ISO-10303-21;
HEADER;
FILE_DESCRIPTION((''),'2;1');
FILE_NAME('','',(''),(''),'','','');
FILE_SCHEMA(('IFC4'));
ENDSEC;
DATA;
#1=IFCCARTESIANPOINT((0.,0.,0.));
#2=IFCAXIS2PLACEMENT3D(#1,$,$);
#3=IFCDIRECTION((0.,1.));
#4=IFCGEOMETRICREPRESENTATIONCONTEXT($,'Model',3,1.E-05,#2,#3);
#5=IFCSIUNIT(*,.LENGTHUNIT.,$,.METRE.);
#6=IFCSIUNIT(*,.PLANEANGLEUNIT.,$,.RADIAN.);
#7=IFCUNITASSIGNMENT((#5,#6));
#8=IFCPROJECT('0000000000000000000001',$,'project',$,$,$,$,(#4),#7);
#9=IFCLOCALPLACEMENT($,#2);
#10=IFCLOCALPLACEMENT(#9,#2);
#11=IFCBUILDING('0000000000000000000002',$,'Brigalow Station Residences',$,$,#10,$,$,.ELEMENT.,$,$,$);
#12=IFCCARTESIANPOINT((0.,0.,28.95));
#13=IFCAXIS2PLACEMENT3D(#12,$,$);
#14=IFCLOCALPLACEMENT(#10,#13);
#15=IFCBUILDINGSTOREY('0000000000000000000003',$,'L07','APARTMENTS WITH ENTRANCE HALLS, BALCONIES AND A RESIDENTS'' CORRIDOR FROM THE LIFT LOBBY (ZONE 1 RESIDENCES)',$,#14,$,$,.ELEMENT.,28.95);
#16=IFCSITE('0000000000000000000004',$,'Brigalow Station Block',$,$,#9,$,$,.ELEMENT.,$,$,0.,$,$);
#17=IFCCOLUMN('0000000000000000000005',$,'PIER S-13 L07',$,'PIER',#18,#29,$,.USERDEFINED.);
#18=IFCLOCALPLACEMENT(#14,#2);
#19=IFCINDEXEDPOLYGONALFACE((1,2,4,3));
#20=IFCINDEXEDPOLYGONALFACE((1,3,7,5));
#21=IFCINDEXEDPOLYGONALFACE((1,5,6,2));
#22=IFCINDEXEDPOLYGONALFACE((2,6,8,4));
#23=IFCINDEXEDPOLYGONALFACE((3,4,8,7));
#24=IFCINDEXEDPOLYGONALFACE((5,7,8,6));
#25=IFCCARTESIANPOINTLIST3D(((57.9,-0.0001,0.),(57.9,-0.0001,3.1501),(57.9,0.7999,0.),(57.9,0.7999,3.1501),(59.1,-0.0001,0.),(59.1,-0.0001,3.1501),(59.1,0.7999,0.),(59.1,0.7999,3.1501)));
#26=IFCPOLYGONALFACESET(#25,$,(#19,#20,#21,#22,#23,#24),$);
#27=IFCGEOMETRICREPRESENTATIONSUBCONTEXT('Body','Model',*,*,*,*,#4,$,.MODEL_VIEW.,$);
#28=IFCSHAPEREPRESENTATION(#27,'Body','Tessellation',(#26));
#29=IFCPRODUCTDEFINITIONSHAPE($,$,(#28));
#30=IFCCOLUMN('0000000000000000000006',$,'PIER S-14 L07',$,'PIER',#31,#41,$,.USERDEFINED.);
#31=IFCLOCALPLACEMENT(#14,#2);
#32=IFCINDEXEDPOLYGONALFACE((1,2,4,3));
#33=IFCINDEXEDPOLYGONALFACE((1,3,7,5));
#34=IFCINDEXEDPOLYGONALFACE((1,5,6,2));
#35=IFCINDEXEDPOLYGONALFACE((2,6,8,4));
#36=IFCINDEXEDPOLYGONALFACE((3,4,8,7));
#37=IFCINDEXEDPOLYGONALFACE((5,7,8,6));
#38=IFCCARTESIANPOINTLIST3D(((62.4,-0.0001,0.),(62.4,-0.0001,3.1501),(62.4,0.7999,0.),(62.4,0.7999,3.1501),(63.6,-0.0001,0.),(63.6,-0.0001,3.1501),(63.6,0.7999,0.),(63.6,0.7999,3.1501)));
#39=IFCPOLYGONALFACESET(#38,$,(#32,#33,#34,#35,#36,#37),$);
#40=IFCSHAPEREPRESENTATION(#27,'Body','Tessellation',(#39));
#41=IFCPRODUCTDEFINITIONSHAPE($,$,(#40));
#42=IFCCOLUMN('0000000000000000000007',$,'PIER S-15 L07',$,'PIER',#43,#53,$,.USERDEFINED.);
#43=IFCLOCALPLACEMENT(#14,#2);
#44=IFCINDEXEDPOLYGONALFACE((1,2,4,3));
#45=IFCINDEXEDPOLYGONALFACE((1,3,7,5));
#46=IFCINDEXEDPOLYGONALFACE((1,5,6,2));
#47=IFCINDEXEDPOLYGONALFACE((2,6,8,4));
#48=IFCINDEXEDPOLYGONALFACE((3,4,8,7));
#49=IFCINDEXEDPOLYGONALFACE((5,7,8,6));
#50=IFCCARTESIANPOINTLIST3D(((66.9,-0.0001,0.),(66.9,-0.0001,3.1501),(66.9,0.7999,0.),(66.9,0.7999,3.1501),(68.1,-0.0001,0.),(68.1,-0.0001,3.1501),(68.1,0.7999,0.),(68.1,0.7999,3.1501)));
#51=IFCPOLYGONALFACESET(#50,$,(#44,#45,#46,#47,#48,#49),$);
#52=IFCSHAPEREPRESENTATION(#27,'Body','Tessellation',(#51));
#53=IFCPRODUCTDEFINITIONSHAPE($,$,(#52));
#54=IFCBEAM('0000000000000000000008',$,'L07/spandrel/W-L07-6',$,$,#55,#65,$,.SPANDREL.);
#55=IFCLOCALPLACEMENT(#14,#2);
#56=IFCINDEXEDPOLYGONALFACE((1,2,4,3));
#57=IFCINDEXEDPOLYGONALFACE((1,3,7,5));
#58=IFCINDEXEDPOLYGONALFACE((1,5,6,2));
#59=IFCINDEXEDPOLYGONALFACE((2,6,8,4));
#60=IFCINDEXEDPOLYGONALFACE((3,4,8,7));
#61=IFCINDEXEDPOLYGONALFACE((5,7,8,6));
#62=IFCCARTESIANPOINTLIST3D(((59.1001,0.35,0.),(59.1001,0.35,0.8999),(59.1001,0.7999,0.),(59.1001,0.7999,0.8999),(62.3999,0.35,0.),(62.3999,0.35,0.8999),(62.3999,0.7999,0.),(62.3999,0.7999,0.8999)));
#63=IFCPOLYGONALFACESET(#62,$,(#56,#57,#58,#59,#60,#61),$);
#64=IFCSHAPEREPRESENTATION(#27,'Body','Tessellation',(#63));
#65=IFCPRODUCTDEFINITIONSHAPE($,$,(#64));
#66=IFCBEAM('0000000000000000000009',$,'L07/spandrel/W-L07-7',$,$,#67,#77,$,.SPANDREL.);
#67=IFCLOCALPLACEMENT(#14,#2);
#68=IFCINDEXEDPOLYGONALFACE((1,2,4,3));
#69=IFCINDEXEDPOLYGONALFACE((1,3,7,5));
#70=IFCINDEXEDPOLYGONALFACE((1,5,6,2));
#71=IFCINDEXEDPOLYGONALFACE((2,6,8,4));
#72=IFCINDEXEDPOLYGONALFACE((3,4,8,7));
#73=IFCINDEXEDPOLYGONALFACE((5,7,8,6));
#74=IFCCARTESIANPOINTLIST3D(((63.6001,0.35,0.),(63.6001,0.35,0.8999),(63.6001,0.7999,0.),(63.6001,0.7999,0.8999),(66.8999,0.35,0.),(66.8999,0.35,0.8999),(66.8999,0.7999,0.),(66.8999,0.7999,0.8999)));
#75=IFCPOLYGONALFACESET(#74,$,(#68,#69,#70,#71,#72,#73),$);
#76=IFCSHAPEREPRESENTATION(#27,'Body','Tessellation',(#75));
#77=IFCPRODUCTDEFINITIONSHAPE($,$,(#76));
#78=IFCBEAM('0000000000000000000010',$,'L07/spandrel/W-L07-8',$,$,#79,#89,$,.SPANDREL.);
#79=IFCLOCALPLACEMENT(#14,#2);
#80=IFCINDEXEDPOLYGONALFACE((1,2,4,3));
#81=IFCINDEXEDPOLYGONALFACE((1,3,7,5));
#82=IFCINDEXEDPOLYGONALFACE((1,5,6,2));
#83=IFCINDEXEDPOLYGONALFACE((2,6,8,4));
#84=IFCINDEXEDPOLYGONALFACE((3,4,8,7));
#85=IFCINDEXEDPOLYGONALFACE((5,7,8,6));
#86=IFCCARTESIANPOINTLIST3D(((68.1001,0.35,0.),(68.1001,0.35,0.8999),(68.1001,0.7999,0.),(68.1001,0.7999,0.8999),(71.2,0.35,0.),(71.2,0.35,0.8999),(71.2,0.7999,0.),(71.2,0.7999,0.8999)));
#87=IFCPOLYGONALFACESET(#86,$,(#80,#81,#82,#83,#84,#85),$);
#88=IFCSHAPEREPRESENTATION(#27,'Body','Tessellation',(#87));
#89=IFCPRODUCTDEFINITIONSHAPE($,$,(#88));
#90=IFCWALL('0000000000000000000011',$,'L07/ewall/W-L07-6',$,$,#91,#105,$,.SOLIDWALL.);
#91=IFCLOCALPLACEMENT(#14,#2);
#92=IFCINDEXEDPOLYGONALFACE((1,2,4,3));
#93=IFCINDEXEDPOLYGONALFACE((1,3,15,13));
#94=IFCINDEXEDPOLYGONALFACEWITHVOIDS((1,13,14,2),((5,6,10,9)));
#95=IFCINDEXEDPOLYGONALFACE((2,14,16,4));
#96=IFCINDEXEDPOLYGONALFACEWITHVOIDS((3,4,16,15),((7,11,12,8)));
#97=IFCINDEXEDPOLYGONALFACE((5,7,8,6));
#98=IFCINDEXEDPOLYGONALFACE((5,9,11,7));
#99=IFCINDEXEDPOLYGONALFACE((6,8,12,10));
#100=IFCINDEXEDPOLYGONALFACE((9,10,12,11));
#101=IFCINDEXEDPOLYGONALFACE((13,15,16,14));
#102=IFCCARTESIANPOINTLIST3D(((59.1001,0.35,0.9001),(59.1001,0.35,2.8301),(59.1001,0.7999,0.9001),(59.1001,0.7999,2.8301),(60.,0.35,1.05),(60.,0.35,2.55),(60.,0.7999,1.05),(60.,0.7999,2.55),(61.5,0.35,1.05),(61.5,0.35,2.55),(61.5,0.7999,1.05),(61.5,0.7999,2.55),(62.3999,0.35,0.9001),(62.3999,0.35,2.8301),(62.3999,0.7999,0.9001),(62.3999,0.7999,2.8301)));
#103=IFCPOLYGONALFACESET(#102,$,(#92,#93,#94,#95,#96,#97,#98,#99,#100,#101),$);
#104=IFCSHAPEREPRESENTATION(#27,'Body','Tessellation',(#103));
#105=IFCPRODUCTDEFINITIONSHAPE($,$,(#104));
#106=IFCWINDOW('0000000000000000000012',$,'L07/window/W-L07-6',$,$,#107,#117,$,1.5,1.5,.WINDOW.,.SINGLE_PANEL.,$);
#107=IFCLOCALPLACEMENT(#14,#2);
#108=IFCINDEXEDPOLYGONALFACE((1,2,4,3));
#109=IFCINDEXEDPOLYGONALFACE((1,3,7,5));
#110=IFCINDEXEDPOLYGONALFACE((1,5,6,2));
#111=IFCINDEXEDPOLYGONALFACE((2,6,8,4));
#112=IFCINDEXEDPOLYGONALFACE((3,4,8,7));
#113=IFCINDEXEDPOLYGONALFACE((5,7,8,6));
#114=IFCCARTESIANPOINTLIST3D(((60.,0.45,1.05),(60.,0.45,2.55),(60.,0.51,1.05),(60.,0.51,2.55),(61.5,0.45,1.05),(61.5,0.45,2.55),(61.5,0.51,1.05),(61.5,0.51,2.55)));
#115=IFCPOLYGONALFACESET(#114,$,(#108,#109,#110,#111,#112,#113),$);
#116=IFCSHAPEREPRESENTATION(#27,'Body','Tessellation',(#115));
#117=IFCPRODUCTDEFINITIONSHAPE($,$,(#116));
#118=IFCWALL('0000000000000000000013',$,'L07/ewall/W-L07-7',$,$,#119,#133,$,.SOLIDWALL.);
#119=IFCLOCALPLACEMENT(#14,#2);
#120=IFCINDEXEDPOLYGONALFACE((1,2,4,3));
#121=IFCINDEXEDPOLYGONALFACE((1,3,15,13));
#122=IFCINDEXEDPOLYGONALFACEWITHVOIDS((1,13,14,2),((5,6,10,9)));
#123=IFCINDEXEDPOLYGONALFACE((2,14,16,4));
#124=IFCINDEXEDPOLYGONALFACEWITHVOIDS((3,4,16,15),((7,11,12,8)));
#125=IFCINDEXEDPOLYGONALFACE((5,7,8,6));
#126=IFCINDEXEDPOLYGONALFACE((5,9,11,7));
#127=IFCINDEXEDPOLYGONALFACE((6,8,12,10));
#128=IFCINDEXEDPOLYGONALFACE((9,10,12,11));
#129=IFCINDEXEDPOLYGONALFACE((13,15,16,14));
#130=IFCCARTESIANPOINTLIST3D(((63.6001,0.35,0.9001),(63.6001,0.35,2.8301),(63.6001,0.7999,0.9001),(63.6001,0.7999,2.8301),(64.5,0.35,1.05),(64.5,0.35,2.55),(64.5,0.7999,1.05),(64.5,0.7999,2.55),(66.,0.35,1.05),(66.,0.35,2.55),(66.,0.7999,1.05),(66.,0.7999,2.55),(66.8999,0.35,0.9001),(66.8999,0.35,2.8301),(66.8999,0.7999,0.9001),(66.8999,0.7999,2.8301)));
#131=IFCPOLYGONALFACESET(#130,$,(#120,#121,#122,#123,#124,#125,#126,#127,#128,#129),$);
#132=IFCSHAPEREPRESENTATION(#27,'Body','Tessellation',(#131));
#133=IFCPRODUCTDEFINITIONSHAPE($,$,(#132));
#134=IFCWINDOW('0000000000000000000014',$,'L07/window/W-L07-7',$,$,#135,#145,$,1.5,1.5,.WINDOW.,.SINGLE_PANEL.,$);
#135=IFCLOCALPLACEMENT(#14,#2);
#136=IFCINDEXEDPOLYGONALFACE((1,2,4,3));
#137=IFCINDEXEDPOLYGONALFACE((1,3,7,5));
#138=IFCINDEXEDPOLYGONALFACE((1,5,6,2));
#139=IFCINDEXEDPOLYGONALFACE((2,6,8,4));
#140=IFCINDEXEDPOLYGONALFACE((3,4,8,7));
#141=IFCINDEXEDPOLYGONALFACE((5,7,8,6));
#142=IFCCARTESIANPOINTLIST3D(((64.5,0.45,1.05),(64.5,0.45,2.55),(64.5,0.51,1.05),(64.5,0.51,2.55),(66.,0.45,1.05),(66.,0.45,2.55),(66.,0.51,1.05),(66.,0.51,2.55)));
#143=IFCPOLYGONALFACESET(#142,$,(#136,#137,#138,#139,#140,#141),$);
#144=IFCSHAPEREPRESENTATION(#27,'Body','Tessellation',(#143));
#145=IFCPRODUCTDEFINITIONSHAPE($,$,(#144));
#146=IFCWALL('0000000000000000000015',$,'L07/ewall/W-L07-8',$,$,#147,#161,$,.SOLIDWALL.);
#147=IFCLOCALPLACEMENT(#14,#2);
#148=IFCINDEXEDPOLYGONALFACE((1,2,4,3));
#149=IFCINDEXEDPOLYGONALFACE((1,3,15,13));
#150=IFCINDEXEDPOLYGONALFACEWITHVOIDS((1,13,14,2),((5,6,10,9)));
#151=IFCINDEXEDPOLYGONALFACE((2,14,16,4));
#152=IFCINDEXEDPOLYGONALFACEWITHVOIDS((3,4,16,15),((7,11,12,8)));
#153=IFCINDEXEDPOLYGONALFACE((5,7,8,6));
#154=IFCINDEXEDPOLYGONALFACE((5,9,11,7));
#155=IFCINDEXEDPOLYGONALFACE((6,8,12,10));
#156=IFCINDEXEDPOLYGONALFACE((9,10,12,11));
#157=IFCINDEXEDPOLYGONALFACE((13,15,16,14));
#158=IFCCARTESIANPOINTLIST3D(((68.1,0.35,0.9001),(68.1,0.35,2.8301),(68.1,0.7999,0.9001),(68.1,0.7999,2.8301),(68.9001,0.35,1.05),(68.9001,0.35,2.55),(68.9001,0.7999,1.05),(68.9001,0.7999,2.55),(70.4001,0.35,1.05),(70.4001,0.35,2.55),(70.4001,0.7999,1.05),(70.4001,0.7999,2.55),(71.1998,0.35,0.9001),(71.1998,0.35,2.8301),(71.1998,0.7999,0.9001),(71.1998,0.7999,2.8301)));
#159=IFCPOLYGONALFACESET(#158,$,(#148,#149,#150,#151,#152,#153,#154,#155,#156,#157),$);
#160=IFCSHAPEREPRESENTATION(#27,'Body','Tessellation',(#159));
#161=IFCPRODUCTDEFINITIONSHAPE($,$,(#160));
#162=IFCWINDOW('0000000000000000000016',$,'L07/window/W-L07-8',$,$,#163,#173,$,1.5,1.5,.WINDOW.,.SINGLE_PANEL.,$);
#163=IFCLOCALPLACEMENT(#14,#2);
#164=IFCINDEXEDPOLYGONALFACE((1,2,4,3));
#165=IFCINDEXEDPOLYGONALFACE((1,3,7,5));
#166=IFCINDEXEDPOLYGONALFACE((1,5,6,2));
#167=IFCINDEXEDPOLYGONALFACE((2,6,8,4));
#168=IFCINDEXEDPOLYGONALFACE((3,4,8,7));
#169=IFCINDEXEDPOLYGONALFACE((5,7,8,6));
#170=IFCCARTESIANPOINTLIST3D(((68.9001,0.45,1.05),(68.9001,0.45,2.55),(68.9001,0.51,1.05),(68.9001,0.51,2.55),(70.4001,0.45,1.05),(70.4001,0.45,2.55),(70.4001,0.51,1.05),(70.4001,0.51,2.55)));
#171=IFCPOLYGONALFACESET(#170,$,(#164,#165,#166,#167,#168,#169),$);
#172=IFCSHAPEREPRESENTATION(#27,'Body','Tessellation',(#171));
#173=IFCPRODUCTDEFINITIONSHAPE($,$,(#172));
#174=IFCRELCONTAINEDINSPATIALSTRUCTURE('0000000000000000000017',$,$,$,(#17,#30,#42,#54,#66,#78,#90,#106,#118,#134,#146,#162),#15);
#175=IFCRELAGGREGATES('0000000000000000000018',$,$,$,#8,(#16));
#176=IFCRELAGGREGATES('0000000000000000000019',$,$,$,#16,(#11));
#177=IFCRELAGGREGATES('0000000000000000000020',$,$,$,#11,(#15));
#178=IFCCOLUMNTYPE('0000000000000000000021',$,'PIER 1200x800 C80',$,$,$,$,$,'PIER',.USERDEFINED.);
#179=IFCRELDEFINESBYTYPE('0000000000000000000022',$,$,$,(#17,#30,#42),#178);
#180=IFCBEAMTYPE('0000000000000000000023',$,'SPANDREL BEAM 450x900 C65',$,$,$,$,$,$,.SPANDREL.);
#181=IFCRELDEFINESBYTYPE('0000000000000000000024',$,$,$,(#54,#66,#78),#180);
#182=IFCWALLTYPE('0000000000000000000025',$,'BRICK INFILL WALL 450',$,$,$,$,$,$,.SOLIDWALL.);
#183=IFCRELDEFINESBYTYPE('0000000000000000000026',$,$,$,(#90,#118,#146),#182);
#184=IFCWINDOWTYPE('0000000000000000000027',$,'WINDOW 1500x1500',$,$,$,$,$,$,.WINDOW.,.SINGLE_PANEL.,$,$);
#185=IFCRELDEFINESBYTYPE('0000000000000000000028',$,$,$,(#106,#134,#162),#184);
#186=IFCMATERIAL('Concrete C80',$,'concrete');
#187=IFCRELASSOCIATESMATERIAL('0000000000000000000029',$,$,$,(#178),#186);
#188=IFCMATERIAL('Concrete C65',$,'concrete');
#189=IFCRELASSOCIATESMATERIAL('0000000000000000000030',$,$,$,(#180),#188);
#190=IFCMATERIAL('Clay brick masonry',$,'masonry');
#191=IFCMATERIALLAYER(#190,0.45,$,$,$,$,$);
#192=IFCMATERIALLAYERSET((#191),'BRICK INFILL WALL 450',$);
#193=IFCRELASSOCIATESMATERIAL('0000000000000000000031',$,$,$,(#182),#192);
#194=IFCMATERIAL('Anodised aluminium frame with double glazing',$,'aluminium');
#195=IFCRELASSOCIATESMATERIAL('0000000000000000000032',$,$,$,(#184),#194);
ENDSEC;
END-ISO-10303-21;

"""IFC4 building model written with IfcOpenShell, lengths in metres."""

from ifc_helpers import new_model, si_unit, direction, frame, frame_2d, origin, origin_2d, place, context, subcontext, project, spatial, rectangle, extrude, material, layer, layer_set, material_profile, profile_set, type_object, element, fill, save


model = new_model("IFC4")

# Units and contexts
model_context = context("Model", 3, precision=1e-05, world=origin(), true_north=direction((0.0, 1.0)))
body_context = subcontext(model_context, "Body", "Model", "MODEL_VIEW")
ifc_project = project(units=[si_unit("LENGTHUNIT", "METRE"), si_unit("PLANEANGLEUNIT", "RADIAN")], contexts=[model_context])

# Site, building, storey
site_placement = place(None, origin())
site = spatial("IfcSite", under=ifc_project, at=site_placement, Name="Brigalow Station Block", CompositionType="ELEMENT", RefElevation=0.0)
building_placement = place(site_placement, origin())
building = spatial("IfcBuilding", under=site, at=building_placement, Name="Brigalow Station Residences", CompositionType="ELEMENT")
storey_placement = place(building_placement, frame((0.0, 0.0, 28.95)))
storey = spatial("IfcBuildingStorey", under=building, at=storey_placement, Name="L07", Description="APARTMENTS WITH ENTRANCE HALLS, BALCONIES AND A RESIDENTS' CORRIDOR FROM THE LIFT LOBBY (ZONE 1 RESIDENCES)", CompositionType="ELEMENT", Elevation=28.95)

# Columns
ifc_material_1 = material(Name="Concrete C80", Category="concrete")
ifc_material_profile_1 = material_profile(ifc_material_1, rectangle(XDim=1.2, YDim=0.8, at=origin_2d()), Name="RC1200x800")
ifc_profile_set_1 = profile_set([ifc_material_profile_1], Name="Concrete C80")
column_type = type_object("IfcColumnType", Name="PIER 1200x800 C80", ElementType="PIER", PredefinedType="USERDEFINED", material=ifc_profile_set_1)
for number, where, z_axis, x_axis, name in (
    (1, (58.5, 0.3999, 0.0), (0.0, 0.0, 1.0), (1.0, 0.0, 0.0), "PIER S-13 L07"),
    (2, (63.0, 0.3999, 0.0), (0.0, 0.0, 1.0), (1.0, 0.0, 0.0), "PIER S-14 L07"),
    (3, (67.5, 0.3999, 0.0), (0.0, 0.0, 1.0), (1.0, 0.0, 0.0), "PIER S-15 L07"),
):
    element("IfcColumn", number, at=place(storey_placement, frame(where, z_axis=z_axis, x_axis=x_axis)), inside=storey, type_object=column_type, Name=name, ObjectType="PIER", PredefinedType="USERDEFINED", context=body_context, shape_type="SweptSolid", body=[
        extrude(rectangle(XDim=1.2, YDim=0.8, at=origin_2d()), origin(), (0.0, 0.0, 1.0), 3.1501),
    ])

# Beams
ifc_material_2 = material(Name="Concrete C65", Category="concrete")
ifc_material_profile_2 = material_profile(ifc_material_2, rectangle(XDim=0.45, YDim=0.8999, at=origin_2d()), Name="RC450x900")
ifc_profile_set_2 = profile_set([ifc_material_profile_2], Name="Concrete C65")
beam_type = type_object("IfcBeamType", Name="SPANDREL BEAM 450x900 C65", PredefinedType="SPANDREL", material=ifc_profile_set_2)
for number, where, z_axis, x_axis, name in (
    (4, (59.1001, 0.575, 0.45), (1.0, 0.0, 0.0), (0.0, 1.0, 0.0), "L07/spandrel/W-L07-6"),
    (5, (63.6001, 0.575, 0.45), (1.0, 0.0, 0.0), (0.0, 1.0, 0.0), "L07/spandrel/W-L07-7"),
):
    element("IfcBeam", number, at=place(storey_placement, frame(where, z_axis=z_axis, x_axis=x_axis)), inside=storey, type_object=beam_type, Name=name, PredefinedType="SPANDREL", context=body_context, shape_type="SweptSolid", body=[
        extrude(rectangle(XDim=0.45, YDim=0.8999, at=origin_2d()), origin(), (0.0, 0.0, 1.0), 3.2998),
    ])
beam_placement = place(storey_placement, frame((68.1001, 0.575, 0.45), z_axis=(1.0, 0.0, 0.0), x_axis=(0.0, 1.0, 0.0)))
element("IfcBeam", 6, at=beam_placement, inside=storey, type_object=beam_type, Name="L07/spandrel/W-L07-8", PredefinedType="SPANDREL", context=body_context, shape_type="SweptSolid", body=[
    extrude(rectangle(XDim=0.45, YDim=0.8999, at=origin_2d()), origin(), (0.0, 0.0, 1.0), 3.0999),
])

# Walls, openings, windows
ifc_material_3 = material(Name="Clay brick masonry", Category="masonry")
ifc_layer_1 = layer(ifc_material_3, 0.45)
ifc_layer_set_1 = layer_set([ifc_layer_1], Name="BRICK INFILL WALL 450")
wall_type_1 = type_object("IfcWallType", Name="BRICK INFILL WALL 450", PredefinedType="SOLIDWALL", material=ifc_layer_set_1)
wall_1_placement = place(storey_placement, frame((59.1001, 0.575, 0.9001), z_axis=(0.0, 0.0, 1.0), x_axis=(1.0, 0.0, 0.0)))
wall_1 = element("IfcWall", 7, at=wall_1_placement, inside=storey, type_object=wall_type_1, Name="L07/ewall/W-L07-6", PredefinedType="SOLIDWALL", context=body_context, shape_type="SweptSolid", body=[
    extrude(rectangle(XDim=3.2998, YDim=0.45, at=frame_2d((1.6499, 0.0))), origin(), (0.0, 0.0, 1.0), 1.9299),
])
opening_1_placement = place(wall_1_placement, frame((0.8999, 0.0, 0.1499)))
opening_1 = element("IfcOpeningElement", 8, at=opening_1_placement, cuts=wall_1, PredefinedType="OPENING", context=body_context, shape_type="SweptSolid", body=[
    extrude(rectangle(XDim=1.5, YDim=1.5, at=frame_2d((0.75, 0.75))), frame((0.0, 0.2349, 0.0), z_axis=(0.0, -1.0, 0.0), x_axis=(1.0, 0.0, 0.0)), (0.0, 0.0, 1.0), 0.47),
])
ifc_material_4 = material(Name="Anodised aluminium frame with double glazing", Category="aluminium")
window_type = type_object("IfcWindowType", Name="WINDOW 1500x1500", PartitioningType="SINGLE_PANEL", PredefinedType="WINDOW", material=ifc_material_4)
window_1_placement = place(opening_1_placement, origin())
window_1 = element("IfcWindow", 9, at=window_1_placement, inside=storey, type_object=window_type, Name="L07/window/W-L07-6", OverallHeight=1.5, OverallWidth=1.5, PartitioningType="SINGLE_PANEL", PredefinedType="WINDOW", context=body_context, shape_type="SweptSolid", body=[
    extrude(rectangle(XDim=1.5, YDim=1.5, at=frame_2d((0.75, 0.75))), frame((0.0, -0.0649, 0.0), z_axis=(0.0, -1.0, 0.0), x_axis=(1.0, 0.0, 0.0)), (0.0, 0.0, 1.0), 0.0601),
])
fill(opening_1, window_1)
wall_2_placement = place(storey_placement, frame((63.6001, 0.575, 0.9001), z_axis=(0.0, 0.0, 1.0), x_axis=(1.0, 0.0, 0.0)))
wall_2 = element("IfcWall", 10, at=wall_2_placement, inside=storey, type_object=wall_type_1, Name="L07/ewall/W-L07-7", PredefinedType="SOLIDWALL", context=body_context, shape_type="SweptSolid", body=[
    extrude(rectangle(XDim=3.2998, YDim=0.45, at=frame_2d((1.6499, 0.0))), origin(), (0.0, 0.0, 1.0), 1.9299),
])
opening_2_placement = place(wall_2_placement, frame((0.8999, 0.0, 0.1499)))
opening_2 = element("IfcOpeningElement", 11, at=opening_2_placement, cuts=wall_2, PredefinedType="OPENING", context=body_context, shape_type="SweptSolid", body=[
    extrude(rectangle(XDim=1.5, YDim=1.5, at=frame_2d((0.75, 0.75))), frame((0.0, 0.2349, 0.0), z_axis=(0.0, -1.0, 0.0), x_axis=(1.0, 0.0, 0.0)), (0.0, 0.0, 1.0), 0.47),
])
window_2_placement = place(opening_2_placement, origin())
window_2 = element("IfcWindow", 12, at=window_2_placement, inside=storey, type_object=window_type, Name="L07/window/W-L07-7", OverallHeight=1.5, OverallWidth=1.5, PartitioningType="SINGLE_PANEL", PredefinedType="WINDOW", context=body_context, shape_type="SweptSolid", body=[
    extrude(rectangle(XDim=1.5, YDim=1.5, at=frame_2d((0.75, 0.75))), frame((0.0, -0.0649, 0.0), z_axis=(0.0, -1.0, 0.0), x_axis=(1.0, 0.0, 0.0)), (0.0, 0.0, 1.0), 0.0601),
])
fill(opening_2, window_2)
wall_3_placement = place(storey_placement, frame((68.1001, 0.575, 0.9001), z_axis=(0.0, 0.0, 1.0), x_axis=(1.0, 0.0, 0.0)))
wall_3 = element("IfcWall", 13, at=wall_3_placement, inside=storey, type_object=wall_type_1, Name="L07/ewall/W-L07-8", PredefinedType="SOLIDWALL", context=body_context, shape_type="SweptSolid", body=[
    extrude(rectangle(XDim=3.0999, YDim=0.45, at=frame_2d((1.5498, 0.0))), origin(), (0.0, 0.0, 1.0), 1.9299),
])
opening_3_placement = place(wall_3_placement, frame((0.8, 0.0, 0.1499)))
opening_3 = element("IfcOpeningElement", 14, at=opening_3_placement, cuts=wall_3, PredefinedType="OPENING", context=body_context, shape_type="SweptSolid", body=[
    extrude(rectangle(XDim=1.5, YDim=1.5, at=frame_2d((0.75, 0.75))), frame((0.0, 0.2349, 0.0), z_axis=(0.0, -1.0, 0.0), x_axis=(1.0, 0.0, 0.0)), (0.0, 0.0, 1.0), 0.47),
])
window_3_placement = place(opening_3_placement, origin())
window_3 = element("IfcWindow", 15, at=window_3_placement, inside=storey, type_object=window_type, Name="L07/window/W-L07-8", OverallHeight=1.5, OverallWidth=1.5, PartitioningType="SINGLE_PANEL", PredefinedType="WINDOW", context=body_context, shape_type="SweptSolid", body=[
    extrude(rectangle(XDim=1.5, YDim=1.5, at=frame_2d((0.75, 0.75))), frame((0.0, -0.0649, 0.0), z_axis=(0.0, -1.0, 0.0), x_axis=(1.0, 0.0, 0.0)), (0.0, 0.0, 1.0), 0.0601),
])
fill(opening_3, window_3)

save(model, "model.ifc")
